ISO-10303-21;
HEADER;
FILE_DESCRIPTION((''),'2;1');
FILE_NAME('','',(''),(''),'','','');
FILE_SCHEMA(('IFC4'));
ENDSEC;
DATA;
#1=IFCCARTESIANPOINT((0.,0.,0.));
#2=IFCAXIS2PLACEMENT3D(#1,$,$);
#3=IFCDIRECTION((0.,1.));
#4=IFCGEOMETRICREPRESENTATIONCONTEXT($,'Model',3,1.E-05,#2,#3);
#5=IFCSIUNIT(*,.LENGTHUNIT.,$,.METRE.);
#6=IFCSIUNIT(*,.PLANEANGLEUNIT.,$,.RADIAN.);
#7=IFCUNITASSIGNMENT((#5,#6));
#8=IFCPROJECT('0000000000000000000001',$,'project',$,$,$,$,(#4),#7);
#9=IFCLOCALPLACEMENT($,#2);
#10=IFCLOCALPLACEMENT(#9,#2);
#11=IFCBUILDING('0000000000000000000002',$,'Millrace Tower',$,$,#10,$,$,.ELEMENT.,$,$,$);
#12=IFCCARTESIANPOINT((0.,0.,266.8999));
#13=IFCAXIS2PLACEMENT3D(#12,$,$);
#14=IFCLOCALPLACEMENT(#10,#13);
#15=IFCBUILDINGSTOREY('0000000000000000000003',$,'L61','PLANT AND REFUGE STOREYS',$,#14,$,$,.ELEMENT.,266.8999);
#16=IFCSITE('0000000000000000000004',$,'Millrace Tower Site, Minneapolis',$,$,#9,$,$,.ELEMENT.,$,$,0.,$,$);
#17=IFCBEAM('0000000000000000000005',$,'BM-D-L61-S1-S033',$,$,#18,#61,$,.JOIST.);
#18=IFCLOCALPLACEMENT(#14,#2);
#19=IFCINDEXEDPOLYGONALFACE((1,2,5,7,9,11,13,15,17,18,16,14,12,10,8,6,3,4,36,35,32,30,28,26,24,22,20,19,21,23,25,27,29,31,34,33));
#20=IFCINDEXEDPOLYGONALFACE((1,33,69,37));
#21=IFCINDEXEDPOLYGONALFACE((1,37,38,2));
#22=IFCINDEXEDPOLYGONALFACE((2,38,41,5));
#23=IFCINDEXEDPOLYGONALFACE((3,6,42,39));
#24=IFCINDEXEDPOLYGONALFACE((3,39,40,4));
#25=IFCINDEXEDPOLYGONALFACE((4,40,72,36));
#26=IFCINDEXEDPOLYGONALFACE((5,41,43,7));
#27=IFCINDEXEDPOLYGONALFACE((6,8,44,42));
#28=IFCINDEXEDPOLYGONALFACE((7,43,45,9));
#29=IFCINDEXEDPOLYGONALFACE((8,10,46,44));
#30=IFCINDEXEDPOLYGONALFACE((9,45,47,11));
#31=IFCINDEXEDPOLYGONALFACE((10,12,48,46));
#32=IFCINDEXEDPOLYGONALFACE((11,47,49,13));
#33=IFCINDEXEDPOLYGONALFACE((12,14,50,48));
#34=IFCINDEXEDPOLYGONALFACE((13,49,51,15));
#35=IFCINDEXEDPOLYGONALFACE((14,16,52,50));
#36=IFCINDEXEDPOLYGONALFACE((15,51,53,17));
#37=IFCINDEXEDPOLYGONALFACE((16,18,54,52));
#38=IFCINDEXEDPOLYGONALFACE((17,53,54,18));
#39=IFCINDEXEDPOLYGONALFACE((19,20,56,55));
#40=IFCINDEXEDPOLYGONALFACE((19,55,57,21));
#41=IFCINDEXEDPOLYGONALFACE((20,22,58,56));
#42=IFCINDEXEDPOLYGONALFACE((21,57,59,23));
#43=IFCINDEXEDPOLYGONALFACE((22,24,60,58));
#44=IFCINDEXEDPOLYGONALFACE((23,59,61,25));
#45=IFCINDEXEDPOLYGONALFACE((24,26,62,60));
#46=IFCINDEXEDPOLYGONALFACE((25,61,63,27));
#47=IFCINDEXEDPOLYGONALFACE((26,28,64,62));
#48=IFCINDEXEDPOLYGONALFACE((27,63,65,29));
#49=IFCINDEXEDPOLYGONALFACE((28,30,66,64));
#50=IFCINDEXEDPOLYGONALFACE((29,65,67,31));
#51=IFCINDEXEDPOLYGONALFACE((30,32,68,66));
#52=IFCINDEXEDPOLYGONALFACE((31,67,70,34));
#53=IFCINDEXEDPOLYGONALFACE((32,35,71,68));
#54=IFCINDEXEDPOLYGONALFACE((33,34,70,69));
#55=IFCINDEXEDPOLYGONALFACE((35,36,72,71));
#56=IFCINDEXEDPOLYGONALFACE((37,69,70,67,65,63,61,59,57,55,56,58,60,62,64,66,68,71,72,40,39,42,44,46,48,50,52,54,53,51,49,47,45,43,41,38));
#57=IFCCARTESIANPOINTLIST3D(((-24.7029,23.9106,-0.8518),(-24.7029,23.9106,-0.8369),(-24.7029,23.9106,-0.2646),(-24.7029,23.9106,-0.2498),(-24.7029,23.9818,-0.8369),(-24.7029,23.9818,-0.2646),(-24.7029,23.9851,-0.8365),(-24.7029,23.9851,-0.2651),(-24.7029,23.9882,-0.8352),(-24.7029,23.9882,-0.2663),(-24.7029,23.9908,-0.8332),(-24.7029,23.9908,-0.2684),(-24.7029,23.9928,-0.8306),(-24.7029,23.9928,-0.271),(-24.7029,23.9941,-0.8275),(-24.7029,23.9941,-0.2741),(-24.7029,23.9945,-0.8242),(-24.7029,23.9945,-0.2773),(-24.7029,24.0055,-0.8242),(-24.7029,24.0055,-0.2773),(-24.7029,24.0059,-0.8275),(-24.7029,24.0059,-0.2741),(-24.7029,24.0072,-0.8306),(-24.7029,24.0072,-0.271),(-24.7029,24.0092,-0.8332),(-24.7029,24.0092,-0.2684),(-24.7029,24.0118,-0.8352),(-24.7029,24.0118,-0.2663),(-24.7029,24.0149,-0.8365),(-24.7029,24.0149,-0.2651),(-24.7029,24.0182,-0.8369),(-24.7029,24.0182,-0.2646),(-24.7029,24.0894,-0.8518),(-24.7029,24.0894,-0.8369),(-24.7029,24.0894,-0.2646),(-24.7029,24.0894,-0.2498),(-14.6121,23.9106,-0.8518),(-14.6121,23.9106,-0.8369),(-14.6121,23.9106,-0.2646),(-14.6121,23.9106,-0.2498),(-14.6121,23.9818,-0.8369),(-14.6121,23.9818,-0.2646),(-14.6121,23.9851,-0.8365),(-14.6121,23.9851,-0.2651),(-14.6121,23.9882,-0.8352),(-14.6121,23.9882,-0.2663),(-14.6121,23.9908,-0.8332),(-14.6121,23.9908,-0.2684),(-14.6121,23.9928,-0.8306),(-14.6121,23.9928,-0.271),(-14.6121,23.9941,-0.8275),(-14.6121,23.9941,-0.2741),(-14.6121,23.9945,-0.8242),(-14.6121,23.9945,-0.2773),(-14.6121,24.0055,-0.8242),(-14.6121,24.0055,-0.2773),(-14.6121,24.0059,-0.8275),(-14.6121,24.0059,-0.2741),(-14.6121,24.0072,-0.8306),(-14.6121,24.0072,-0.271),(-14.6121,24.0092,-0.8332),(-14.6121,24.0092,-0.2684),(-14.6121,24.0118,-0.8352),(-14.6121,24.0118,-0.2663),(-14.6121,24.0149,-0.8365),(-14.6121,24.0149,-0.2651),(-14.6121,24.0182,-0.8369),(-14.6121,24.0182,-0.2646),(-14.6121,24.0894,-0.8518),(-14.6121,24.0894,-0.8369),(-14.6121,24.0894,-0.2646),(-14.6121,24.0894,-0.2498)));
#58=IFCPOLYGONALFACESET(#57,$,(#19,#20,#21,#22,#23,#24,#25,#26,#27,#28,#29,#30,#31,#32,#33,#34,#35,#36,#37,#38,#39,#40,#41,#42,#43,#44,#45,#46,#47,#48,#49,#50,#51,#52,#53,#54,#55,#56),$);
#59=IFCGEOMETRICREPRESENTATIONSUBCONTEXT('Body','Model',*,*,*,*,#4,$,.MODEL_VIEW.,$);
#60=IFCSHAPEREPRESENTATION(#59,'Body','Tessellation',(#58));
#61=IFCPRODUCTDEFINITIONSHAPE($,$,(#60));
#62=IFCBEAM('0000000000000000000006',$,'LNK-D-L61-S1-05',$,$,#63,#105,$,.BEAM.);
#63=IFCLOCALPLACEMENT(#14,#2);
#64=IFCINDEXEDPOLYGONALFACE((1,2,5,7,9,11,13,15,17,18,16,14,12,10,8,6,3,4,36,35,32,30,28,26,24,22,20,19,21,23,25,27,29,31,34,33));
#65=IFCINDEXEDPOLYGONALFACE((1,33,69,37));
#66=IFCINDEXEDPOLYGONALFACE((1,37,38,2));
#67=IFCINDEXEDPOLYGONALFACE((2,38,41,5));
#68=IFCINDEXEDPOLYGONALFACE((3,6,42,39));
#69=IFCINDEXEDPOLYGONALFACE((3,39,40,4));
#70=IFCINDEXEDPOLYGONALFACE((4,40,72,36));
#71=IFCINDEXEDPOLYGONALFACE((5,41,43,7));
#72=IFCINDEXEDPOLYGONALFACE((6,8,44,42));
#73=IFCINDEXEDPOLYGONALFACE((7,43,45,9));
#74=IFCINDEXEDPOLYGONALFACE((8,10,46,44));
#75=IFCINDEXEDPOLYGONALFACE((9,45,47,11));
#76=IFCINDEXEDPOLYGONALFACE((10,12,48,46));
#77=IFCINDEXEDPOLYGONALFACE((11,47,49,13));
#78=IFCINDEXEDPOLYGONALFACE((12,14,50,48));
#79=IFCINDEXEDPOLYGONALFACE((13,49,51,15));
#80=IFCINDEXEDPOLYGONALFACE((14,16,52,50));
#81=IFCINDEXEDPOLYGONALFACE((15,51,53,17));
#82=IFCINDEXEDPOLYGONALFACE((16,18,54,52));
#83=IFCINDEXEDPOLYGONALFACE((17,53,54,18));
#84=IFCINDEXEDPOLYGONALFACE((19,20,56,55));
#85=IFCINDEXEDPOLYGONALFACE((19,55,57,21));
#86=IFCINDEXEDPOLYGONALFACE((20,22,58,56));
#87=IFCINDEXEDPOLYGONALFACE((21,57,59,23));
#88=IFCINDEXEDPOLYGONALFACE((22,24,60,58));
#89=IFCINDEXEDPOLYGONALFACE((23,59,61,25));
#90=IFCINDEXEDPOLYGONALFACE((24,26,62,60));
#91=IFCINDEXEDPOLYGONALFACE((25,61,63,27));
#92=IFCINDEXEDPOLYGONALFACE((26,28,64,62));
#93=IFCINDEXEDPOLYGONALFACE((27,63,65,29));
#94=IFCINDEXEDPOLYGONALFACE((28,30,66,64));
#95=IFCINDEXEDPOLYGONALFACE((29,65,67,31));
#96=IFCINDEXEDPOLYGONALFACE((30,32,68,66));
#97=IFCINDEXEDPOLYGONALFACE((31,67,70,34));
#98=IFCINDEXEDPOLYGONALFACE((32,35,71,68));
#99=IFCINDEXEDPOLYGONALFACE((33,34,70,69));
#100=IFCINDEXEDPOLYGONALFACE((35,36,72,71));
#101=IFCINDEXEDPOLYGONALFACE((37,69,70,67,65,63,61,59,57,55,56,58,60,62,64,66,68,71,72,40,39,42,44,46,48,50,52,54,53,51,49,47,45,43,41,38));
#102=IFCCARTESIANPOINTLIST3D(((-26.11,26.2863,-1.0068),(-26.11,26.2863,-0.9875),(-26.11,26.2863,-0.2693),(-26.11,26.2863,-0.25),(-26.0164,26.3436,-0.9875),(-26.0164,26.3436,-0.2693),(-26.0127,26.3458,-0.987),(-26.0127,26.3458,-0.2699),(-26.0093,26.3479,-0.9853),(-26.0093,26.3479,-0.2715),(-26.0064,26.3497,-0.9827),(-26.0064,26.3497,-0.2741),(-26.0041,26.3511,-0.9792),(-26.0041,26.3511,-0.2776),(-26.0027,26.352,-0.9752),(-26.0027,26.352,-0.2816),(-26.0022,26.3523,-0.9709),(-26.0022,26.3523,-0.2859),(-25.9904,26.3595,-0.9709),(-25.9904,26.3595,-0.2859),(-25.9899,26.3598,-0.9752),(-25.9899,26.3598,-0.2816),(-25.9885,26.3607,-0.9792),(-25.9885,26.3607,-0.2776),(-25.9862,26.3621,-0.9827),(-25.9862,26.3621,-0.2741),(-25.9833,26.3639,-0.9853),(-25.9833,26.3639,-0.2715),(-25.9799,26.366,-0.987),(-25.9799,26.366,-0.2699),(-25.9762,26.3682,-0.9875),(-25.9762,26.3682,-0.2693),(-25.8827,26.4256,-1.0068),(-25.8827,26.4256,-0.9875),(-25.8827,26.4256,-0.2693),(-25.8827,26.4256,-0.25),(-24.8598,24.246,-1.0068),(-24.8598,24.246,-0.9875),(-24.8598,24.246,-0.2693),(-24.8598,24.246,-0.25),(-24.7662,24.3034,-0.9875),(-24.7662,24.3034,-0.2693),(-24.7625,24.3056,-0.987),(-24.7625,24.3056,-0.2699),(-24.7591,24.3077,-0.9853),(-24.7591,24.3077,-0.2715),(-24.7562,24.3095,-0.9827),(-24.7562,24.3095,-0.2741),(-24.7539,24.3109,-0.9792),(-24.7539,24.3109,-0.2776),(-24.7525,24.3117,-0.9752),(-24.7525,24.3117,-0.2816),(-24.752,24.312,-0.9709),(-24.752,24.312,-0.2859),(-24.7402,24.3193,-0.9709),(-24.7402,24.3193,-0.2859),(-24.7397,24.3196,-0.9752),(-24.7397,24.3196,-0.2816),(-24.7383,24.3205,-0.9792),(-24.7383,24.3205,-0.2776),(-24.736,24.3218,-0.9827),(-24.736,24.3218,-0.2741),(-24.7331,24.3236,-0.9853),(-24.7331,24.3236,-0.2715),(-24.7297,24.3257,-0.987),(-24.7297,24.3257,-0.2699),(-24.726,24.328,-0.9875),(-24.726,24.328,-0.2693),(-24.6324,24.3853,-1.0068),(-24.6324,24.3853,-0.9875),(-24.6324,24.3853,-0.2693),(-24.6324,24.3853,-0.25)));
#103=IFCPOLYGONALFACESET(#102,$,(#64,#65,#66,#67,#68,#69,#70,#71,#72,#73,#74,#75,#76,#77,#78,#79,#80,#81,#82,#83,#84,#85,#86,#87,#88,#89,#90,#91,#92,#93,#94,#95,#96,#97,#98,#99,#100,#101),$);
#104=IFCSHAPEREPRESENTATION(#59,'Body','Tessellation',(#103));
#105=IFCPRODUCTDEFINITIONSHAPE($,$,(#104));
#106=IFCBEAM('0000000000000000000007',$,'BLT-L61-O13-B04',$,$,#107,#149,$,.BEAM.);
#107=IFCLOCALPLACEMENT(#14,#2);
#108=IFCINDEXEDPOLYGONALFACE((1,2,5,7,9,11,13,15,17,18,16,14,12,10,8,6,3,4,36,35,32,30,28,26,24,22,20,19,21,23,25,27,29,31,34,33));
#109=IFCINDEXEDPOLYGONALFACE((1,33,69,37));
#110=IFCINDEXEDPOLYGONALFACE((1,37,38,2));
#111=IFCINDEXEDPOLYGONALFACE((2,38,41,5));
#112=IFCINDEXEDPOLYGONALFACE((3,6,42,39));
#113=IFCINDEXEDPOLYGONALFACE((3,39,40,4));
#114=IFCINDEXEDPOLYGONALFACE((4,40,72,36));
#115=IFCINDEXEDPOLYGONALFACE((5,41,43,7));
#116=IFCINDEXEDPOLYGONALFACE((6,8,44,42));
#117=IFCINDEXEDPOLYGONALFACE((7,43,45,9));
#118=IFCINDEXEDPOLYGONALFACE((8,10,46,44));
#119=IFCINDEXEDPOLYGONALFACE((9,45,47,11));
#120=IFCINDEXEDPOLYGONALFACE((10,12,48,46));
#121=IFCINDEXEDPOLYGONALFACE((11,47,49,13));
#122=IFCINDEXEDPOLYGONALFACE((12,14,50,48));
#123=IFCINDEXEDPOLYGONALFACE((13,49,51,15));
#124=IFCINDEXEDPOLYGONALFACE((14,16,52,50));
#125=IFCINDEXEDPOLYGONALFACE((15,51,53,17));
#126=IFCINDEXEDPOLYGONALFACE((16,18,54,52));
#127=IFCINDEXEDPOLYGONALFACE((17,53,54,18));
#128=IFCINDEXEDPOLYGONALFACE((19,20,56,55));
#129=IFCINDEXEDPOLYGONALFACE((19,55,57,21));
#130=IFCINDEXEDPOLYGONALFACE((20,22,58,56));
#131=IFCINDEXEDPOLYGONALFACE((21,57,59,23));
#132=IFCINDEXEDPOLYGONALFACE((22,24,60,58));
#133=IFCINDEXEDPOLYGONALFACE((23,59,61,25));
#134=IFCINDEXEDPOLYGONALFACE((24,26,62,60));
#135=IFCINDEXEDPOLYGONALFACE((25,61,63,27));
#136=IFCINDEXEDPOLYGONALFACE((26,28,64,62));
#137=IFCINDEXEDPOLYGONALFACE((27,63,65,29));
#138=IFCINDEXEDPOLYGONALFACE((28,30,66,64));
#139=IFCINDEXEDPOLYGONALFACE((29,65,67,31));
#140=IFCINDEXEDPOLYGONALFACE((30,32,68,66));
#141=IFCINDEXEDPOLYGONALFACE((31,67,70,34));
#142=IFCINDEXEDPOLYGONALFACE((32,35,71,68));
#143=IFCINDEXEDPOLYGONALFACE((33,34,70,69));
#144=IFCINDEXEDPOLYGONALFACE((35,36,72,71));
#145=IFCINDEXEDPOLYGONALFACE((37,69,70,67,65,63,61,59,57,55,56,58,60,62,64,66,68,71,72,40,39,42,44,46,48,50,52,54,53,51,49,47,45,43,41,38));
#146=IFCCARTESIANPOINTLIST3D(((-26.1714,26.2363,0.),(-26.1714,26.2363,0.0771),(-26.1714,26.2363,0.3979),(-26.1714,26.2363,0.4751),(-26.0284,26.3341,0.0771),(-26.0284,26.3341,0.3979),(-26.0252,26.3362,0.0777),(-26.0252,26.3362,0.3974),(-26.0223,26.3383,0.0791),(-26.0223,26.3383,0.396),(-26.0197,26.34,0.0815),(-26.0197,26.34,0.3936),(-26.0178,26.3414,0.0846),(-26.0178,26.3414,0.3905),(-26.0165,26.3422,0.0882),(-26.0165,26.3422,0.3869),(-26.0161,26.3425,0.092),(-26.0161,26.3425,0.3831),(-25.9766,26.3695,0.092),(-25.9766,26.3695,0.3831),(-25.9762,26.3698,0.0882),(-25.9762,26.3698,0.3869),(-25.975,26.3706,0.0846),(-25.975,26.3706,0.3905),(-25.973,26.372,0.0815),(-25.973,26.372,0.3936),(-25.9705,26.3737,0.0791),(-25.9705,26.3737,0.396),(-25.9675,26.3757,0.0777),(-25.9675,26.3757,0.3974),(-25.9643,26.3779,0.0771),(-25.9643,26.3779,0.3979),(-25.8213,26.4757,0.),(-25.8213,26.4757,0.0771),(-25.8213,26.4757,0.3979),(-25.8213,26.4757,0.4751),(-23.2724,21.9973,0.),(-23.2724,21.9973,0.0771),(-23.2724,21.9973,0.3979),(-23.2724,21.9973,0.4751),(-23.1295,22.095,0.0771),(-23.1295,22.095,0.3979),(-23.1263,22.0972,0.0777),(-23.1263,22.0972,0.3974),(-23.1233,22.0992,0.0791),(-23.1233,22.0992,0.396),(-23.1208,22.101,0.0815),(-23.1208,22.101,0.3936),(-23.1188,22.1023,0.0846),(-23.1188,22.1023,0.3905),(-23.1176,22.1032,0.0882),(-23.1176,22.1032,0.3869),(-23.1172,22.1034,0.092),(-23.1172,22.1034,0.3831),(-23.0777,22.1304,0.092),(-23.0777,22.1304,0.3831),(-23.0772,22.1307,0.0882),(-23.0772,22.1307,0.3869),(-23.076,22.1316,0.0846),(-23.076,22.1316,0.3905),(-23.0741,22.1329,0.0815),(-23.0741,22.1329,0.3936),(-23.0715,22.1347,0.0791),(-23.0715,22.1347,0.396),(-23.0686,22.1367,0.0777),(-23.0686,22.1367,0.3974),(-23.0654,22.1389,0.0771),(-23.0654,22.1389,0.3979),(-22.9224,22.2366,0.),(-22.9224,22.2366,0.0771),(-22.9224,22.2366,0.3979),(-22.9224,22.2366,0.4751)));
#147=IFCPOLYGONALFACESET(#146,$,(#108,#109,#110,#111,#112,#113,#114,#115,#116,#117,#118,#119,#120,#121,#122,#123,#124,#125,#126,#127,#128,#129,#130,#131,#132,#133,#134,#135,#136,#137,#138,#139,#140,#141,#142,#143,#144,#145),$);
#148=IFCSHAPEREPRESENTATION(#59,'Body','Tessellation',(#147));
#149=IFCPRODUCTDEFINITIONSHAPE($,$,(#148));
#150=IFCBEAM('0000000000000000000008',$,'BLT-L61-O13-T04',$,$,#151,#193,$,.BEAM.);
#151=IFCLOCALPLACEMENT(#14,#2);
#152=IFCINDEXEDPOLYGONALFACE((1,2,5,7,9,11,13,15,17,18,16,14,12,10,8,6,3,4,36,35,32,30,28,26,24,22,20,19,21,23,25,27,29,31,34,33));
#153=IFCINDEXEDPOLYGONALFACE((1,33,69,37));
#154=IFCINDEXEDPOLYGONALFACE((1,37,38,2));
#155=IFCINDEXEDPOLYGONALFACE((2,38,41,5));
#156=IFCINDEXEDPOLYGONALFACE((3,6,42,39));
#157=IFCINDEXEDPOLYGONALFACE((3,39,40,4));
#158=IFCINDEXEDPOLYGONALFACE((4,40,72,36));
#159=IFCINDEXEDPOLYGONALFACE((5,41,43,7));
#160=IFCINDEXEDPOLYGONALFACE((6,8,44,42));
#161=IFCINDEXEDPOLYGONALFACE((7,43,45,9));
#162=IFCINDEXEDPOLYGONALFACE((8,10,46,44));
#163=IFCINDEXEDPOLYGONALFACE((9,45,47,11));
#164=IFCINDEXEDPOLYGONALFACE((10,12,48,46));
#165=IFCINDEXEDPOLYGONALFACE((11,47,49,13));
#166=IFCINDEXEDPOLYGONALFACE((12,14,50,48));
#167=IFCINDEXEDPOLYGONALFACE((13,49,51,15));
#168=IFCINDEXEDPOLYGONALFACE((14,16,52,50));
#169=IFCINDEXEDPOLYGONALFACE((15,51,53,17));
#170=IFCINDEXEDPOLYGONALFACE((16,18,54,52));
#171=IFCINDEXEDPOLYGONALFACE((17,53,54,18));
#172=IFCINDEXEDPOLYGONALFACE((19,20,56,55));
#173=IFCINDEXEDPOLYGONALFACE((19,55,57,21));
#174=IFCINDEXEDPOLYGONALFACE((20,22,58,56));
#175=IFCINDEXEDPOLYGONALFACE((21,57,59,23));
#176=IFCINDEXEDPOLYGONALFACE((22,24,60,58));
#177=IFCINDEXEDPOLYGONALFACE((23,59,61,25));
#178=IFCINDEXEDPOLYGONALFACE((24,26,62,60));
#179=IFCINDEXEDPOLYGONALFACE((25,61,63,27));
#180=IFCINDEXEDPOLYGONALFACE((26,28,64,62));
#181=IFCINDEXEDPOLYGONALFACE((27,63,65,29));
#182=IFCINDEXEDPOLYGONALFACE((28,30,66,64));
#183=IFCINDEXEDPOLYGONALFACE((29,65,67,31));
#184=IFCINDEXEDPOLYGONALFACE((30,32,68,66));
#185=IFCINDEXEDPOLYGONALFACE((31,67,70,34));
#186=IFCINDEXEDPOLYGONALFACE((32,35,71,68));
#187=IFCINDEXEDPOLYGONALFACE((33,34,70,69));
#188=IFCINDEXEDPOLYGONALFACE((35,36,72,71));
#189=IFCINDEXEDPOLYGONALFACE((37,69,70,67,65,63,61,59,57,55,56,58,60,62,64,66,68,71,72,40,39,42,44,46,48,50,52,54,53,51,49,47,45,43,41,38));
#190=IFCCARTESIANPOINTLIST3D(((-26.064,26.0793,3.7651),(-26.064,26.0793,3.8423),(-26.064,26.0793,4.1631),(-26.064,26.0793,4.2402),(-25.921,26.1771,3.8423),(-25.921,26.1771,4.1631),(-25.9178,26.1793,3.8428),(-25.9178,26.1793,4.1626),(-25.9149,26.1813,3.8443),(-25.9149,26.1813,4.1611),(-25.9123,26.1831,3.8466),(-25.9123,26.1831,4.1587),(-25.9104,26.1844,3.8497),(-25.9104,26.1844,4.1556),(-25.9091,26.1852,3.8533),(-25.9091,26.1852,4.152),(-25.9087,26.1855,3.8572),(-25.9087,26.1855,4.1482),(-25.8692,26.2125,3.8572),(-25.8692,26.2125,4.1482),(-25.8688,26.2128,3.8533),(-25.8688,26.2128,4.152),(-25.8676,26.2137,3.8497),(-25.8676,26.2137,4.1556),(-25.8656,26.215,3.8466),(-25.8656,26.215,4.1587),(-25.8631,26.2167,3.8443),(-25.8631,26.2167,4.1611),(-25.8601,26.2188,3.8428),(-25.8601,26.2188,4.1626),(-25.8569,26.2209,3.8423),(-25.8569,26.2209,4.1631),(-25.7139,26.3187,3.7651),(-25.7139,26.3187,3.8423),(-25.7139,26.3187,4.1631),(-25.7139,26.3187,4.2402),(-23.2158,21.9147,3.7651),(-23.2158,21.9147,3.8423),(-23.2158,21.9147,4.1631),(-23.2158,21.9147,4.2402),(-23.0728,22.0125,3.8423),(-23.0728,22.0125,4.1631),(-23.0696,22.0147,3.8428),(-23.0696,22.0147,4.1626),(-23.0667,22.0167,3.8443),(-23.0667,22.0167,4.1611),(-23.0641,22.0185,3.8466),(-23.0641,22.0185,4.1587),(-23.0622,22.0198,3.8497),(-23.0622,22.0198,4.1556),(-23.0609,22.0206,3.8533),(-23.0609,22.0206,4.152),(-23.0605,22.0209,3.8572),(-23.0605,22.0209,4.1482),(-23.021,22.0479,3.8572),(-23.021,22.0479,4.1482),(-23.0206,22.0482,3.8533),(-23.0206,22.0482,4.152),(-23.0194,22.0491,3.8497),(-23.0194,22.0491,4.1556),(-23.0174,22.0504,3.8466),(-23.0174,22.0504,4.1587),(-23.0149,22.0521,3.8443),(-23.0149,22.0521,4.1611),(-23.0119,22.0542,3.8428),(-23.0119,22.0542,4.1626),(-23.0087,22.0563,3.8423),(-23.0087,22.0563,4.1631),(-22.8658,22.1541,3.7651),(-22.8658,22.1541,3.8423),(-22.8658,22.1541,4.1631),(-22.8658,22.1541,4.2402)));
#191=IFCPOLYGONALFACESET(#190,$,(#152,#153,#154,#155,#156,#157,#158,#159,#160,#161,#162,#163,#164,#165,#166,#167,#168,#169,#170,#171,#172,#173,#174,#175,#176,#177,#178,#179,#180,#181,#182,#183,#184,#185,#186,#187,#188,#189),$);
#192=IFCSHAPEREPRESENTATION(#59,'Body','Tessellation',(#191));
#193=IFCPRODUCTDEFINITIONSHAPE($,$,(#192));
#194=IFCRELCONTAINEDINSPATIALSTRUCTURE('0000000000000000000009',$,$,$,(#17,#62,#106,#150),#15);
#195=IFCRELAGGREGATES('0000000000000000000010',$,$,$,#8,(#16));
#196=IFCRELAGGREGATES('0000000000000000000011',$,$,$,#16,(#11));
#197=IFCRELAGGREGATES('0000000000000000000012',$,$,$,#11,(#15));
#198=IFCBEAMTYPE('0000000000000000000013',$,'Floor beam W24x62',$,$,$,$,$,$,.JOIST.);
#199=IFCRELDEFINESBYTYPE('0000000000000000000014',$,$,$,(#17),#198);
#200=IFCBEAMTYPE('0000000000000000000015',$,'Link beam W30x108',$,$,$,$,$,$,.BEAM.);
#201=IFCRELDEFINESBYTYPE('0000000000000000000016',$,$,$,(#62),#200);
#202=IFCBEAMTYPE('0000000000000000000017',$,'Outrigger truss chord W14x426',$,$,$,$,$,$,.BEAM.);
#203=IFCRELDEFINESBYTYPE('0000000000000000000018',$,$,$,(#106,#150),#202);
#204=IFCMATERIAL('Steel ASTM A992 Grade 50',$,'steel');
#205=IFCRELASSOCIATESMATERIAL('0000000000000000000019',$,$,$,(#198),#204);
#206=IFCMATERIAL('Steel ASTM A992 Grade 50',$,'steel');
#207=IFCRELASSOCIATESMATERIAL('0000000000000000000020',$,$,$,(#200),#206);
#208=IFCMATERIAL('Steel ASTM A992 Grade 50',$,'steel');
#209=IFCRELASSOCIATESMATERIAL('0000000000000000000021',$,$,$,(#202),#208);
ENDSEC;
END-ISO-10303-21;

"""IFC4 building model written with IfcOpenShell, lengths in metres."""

from ifc_helpers import new_model, si_unit, direction, frame, origin, origin_2d, place, context, subcontext, project, spatial, i_section, extrude, material, material_profile, profile_set, type_object, element, save


model = new_model("IFC4")

# Units and contexts
model_context = context("Model", 3, precision=1e-05, world=origin(), true_north=direction((0.0, 1.0)))
body_context = subcontext(model_context, "Body", "Model", "MODEL_VIEW")
ifc_project = project(units=[si_unit("LENGTHUNIT", "METRE"), si_unit("PLANEANGLEUNIT", "RADIAN")], contexts=[model_context])

# Site, building, storey
site_placement = place(None, origin())
site = spatial("IfcSite", under=ifc_project, at=site_placement, Name="Millrace Tower Site, Minneapolis", CompositionType="ELEMENT", RefElevation=0.0)
building_placement = place(site_placement, origin())
building = spatial("IfcBuilding", under=site, at=building_placement, Name="Millrace Tower", CompositionType="ELEMENT")
storey_placement = place(building_placement, frame((0.0, 0.0, 266.8999)))
storey = spatial("IfcBuildingStorey", under=building, at=storey_placement, Name="L61", Description="PLANT AND REFUGE STOREYS", CompositionType="ELEMENT", Elevation=266.8999)

# Beams
ifc_material_1 = material(Name="Steel ASTM A992 Grade 50", Category="steel")
ifc_material_profile_1 = material_profile(ifc_material_1, i_section(OverallWidth=0.1787, OverallDepth=0.6021, WebThickness=0.011, FlangeThickness=0.0149, FilletRadius=0.0127, at=origin_2d()))
ifc_profile_set_1 = profile_set([ifc_material_profile_1], Name="Steel ASTM A992 Grade 50")
beam_type_1 = type_object("IfcBeamType", Name="Floor beam W24x62", PredefinedType="JOIST", material=ifc_profile_set_1)
beam_1_placement = place(storey_placement, frame((-24.7029, 24.0, -0.5508), z_axis=(1.0, 0.0, 0.0), x_axis=(0.0, 1.0, 0.0)))
element("IfcBeam", 1, at=beam_1_placement, inside=storey, type_object=beam_type_1, Name="BM-D-L61-S1-S033", PredefinedType="JOIST", context=body_context, shape_type="SweptSolid", body=[
    extrude(i_section(OverallWidth=0.1787, OverallDepth=0.6021, WebThickness=0.011, FlangeThickness=0.0149, FilletRadius=0.0127, at=origin_2d()), origin(), (0.0, 0.0, 1.0), 10.0908),
])
ifc_material_2 = material(Name="Steel ASTM A992 Grade 50", Category="steel")
ifc_material_profile_2 = material_profile(ifc_material_2, i_section(OverallWidth=0.2666, OverallDepth=0.7568, WebThickness=0.0139, FlangeThickness=0.0193, FilletRadius=0.0166, at=origin_2d()))
ifc_profile_set_2 = profile_set([ifc_material_profile_2], Name="Steel ASTM A992 Grade 50")
beam_type_2 = type_object("IfcBeamType", Name="Link beam W30x108", PredefinedType="BEAM", material=ifc_profile_set_2)
beam_2_placement = place(storey_placement, frame((-24.7461, 24.3157, -0.6284), z_axis=(-0.522485, 0.852648, 0.0), x_axis=(-0.852648, -0.522485, 0.0)))
element("IfcBeam", 2, at=beam_2_placement, inside=storey, type_object=beam_type_2, Name="LNK-D-L61-S1-05", PredefinedType="BEAM", context=body_context, shape_type="SweptSolid", body=[
    extrude(i_section(OverallWidth=0.2666, OverallDepth=0.7568, WebThickness=0.0139, FlangeThickness=0.0193, FilletRadius=0.0166, at=origin_2d()), origin(), (0.0, 0.0, 1.0), 2.3928),
])
ifc_material_3 = material(Name="Steel ASTM A992 Grade 50", Category="steel")
ifc_material_profile_3 = material_profile(ifc_material_3, i_section(OverallWidth=0.4241, OverallDepth=0.4751, WebThickness=0.0479, FlangeThickness=0.0771, FilletRadius=0.0149, at=origin_2d()))
ifc_profile_set_3 = profile_set([ifc_material_profile_3], Name="Steel ASTM A992 Grade 50")
beam_type_3 = type_object("IfcBeamType", Name="Outrigger truss chord W14x426", PredefinedType="BEAM", material=ifc_profile_set_3)
beam_3_placement = place(storey_placement, frame((-23.0974, 22.1169, 0.2375), z_axis=(-0.564491, 0.825439, 0.0), x_axis=(-0.825439, -0.564491, 0.0)))
element("IfcBeam", 3, at=beam_3_placement, inside=storey, type_object=beam_type_3, Name="BLT-L61-O13-B04", PredefinedType="BEAM", context=body_context, shape_type="SweptSolid", body=[
    extrude(i_section(OverallWidth=0.4241, OverallDepth=0.4751, WebThickness=0.0479, FlangeThickness=0.0771, FilletRadius=0.0149, at=origin_2d()), origin(), (0.0, 0.0, 1.0), 5.1355),
])
beam_4_placement = place(storey_placement, frame((-23.0408, 22.0344, 4.0027), z_axis=(-0.56451, 0.825426, 0.0), x_axis=(-0.825426, -0.56451, 0.0)))
element("IfcBeam", 4, at=beam_4_placement, inside=storey, type_object=beam_type_3, Name="BLT-L61-O13-T04", PredefinedType="BEAM", context=body_context, shape_type="SweptSolid", body=[
    extrude(i_section(OverallWidth=0.4241, OverallDepth=0.4751, WebThickness=0.0479, FlangeThickness=0.0771, FilletRadius=0.0149, at=origin_2d()), origin(), (0.0, 0.0, 1.0), 5.0454),
])

save(model, "model.ifc")
